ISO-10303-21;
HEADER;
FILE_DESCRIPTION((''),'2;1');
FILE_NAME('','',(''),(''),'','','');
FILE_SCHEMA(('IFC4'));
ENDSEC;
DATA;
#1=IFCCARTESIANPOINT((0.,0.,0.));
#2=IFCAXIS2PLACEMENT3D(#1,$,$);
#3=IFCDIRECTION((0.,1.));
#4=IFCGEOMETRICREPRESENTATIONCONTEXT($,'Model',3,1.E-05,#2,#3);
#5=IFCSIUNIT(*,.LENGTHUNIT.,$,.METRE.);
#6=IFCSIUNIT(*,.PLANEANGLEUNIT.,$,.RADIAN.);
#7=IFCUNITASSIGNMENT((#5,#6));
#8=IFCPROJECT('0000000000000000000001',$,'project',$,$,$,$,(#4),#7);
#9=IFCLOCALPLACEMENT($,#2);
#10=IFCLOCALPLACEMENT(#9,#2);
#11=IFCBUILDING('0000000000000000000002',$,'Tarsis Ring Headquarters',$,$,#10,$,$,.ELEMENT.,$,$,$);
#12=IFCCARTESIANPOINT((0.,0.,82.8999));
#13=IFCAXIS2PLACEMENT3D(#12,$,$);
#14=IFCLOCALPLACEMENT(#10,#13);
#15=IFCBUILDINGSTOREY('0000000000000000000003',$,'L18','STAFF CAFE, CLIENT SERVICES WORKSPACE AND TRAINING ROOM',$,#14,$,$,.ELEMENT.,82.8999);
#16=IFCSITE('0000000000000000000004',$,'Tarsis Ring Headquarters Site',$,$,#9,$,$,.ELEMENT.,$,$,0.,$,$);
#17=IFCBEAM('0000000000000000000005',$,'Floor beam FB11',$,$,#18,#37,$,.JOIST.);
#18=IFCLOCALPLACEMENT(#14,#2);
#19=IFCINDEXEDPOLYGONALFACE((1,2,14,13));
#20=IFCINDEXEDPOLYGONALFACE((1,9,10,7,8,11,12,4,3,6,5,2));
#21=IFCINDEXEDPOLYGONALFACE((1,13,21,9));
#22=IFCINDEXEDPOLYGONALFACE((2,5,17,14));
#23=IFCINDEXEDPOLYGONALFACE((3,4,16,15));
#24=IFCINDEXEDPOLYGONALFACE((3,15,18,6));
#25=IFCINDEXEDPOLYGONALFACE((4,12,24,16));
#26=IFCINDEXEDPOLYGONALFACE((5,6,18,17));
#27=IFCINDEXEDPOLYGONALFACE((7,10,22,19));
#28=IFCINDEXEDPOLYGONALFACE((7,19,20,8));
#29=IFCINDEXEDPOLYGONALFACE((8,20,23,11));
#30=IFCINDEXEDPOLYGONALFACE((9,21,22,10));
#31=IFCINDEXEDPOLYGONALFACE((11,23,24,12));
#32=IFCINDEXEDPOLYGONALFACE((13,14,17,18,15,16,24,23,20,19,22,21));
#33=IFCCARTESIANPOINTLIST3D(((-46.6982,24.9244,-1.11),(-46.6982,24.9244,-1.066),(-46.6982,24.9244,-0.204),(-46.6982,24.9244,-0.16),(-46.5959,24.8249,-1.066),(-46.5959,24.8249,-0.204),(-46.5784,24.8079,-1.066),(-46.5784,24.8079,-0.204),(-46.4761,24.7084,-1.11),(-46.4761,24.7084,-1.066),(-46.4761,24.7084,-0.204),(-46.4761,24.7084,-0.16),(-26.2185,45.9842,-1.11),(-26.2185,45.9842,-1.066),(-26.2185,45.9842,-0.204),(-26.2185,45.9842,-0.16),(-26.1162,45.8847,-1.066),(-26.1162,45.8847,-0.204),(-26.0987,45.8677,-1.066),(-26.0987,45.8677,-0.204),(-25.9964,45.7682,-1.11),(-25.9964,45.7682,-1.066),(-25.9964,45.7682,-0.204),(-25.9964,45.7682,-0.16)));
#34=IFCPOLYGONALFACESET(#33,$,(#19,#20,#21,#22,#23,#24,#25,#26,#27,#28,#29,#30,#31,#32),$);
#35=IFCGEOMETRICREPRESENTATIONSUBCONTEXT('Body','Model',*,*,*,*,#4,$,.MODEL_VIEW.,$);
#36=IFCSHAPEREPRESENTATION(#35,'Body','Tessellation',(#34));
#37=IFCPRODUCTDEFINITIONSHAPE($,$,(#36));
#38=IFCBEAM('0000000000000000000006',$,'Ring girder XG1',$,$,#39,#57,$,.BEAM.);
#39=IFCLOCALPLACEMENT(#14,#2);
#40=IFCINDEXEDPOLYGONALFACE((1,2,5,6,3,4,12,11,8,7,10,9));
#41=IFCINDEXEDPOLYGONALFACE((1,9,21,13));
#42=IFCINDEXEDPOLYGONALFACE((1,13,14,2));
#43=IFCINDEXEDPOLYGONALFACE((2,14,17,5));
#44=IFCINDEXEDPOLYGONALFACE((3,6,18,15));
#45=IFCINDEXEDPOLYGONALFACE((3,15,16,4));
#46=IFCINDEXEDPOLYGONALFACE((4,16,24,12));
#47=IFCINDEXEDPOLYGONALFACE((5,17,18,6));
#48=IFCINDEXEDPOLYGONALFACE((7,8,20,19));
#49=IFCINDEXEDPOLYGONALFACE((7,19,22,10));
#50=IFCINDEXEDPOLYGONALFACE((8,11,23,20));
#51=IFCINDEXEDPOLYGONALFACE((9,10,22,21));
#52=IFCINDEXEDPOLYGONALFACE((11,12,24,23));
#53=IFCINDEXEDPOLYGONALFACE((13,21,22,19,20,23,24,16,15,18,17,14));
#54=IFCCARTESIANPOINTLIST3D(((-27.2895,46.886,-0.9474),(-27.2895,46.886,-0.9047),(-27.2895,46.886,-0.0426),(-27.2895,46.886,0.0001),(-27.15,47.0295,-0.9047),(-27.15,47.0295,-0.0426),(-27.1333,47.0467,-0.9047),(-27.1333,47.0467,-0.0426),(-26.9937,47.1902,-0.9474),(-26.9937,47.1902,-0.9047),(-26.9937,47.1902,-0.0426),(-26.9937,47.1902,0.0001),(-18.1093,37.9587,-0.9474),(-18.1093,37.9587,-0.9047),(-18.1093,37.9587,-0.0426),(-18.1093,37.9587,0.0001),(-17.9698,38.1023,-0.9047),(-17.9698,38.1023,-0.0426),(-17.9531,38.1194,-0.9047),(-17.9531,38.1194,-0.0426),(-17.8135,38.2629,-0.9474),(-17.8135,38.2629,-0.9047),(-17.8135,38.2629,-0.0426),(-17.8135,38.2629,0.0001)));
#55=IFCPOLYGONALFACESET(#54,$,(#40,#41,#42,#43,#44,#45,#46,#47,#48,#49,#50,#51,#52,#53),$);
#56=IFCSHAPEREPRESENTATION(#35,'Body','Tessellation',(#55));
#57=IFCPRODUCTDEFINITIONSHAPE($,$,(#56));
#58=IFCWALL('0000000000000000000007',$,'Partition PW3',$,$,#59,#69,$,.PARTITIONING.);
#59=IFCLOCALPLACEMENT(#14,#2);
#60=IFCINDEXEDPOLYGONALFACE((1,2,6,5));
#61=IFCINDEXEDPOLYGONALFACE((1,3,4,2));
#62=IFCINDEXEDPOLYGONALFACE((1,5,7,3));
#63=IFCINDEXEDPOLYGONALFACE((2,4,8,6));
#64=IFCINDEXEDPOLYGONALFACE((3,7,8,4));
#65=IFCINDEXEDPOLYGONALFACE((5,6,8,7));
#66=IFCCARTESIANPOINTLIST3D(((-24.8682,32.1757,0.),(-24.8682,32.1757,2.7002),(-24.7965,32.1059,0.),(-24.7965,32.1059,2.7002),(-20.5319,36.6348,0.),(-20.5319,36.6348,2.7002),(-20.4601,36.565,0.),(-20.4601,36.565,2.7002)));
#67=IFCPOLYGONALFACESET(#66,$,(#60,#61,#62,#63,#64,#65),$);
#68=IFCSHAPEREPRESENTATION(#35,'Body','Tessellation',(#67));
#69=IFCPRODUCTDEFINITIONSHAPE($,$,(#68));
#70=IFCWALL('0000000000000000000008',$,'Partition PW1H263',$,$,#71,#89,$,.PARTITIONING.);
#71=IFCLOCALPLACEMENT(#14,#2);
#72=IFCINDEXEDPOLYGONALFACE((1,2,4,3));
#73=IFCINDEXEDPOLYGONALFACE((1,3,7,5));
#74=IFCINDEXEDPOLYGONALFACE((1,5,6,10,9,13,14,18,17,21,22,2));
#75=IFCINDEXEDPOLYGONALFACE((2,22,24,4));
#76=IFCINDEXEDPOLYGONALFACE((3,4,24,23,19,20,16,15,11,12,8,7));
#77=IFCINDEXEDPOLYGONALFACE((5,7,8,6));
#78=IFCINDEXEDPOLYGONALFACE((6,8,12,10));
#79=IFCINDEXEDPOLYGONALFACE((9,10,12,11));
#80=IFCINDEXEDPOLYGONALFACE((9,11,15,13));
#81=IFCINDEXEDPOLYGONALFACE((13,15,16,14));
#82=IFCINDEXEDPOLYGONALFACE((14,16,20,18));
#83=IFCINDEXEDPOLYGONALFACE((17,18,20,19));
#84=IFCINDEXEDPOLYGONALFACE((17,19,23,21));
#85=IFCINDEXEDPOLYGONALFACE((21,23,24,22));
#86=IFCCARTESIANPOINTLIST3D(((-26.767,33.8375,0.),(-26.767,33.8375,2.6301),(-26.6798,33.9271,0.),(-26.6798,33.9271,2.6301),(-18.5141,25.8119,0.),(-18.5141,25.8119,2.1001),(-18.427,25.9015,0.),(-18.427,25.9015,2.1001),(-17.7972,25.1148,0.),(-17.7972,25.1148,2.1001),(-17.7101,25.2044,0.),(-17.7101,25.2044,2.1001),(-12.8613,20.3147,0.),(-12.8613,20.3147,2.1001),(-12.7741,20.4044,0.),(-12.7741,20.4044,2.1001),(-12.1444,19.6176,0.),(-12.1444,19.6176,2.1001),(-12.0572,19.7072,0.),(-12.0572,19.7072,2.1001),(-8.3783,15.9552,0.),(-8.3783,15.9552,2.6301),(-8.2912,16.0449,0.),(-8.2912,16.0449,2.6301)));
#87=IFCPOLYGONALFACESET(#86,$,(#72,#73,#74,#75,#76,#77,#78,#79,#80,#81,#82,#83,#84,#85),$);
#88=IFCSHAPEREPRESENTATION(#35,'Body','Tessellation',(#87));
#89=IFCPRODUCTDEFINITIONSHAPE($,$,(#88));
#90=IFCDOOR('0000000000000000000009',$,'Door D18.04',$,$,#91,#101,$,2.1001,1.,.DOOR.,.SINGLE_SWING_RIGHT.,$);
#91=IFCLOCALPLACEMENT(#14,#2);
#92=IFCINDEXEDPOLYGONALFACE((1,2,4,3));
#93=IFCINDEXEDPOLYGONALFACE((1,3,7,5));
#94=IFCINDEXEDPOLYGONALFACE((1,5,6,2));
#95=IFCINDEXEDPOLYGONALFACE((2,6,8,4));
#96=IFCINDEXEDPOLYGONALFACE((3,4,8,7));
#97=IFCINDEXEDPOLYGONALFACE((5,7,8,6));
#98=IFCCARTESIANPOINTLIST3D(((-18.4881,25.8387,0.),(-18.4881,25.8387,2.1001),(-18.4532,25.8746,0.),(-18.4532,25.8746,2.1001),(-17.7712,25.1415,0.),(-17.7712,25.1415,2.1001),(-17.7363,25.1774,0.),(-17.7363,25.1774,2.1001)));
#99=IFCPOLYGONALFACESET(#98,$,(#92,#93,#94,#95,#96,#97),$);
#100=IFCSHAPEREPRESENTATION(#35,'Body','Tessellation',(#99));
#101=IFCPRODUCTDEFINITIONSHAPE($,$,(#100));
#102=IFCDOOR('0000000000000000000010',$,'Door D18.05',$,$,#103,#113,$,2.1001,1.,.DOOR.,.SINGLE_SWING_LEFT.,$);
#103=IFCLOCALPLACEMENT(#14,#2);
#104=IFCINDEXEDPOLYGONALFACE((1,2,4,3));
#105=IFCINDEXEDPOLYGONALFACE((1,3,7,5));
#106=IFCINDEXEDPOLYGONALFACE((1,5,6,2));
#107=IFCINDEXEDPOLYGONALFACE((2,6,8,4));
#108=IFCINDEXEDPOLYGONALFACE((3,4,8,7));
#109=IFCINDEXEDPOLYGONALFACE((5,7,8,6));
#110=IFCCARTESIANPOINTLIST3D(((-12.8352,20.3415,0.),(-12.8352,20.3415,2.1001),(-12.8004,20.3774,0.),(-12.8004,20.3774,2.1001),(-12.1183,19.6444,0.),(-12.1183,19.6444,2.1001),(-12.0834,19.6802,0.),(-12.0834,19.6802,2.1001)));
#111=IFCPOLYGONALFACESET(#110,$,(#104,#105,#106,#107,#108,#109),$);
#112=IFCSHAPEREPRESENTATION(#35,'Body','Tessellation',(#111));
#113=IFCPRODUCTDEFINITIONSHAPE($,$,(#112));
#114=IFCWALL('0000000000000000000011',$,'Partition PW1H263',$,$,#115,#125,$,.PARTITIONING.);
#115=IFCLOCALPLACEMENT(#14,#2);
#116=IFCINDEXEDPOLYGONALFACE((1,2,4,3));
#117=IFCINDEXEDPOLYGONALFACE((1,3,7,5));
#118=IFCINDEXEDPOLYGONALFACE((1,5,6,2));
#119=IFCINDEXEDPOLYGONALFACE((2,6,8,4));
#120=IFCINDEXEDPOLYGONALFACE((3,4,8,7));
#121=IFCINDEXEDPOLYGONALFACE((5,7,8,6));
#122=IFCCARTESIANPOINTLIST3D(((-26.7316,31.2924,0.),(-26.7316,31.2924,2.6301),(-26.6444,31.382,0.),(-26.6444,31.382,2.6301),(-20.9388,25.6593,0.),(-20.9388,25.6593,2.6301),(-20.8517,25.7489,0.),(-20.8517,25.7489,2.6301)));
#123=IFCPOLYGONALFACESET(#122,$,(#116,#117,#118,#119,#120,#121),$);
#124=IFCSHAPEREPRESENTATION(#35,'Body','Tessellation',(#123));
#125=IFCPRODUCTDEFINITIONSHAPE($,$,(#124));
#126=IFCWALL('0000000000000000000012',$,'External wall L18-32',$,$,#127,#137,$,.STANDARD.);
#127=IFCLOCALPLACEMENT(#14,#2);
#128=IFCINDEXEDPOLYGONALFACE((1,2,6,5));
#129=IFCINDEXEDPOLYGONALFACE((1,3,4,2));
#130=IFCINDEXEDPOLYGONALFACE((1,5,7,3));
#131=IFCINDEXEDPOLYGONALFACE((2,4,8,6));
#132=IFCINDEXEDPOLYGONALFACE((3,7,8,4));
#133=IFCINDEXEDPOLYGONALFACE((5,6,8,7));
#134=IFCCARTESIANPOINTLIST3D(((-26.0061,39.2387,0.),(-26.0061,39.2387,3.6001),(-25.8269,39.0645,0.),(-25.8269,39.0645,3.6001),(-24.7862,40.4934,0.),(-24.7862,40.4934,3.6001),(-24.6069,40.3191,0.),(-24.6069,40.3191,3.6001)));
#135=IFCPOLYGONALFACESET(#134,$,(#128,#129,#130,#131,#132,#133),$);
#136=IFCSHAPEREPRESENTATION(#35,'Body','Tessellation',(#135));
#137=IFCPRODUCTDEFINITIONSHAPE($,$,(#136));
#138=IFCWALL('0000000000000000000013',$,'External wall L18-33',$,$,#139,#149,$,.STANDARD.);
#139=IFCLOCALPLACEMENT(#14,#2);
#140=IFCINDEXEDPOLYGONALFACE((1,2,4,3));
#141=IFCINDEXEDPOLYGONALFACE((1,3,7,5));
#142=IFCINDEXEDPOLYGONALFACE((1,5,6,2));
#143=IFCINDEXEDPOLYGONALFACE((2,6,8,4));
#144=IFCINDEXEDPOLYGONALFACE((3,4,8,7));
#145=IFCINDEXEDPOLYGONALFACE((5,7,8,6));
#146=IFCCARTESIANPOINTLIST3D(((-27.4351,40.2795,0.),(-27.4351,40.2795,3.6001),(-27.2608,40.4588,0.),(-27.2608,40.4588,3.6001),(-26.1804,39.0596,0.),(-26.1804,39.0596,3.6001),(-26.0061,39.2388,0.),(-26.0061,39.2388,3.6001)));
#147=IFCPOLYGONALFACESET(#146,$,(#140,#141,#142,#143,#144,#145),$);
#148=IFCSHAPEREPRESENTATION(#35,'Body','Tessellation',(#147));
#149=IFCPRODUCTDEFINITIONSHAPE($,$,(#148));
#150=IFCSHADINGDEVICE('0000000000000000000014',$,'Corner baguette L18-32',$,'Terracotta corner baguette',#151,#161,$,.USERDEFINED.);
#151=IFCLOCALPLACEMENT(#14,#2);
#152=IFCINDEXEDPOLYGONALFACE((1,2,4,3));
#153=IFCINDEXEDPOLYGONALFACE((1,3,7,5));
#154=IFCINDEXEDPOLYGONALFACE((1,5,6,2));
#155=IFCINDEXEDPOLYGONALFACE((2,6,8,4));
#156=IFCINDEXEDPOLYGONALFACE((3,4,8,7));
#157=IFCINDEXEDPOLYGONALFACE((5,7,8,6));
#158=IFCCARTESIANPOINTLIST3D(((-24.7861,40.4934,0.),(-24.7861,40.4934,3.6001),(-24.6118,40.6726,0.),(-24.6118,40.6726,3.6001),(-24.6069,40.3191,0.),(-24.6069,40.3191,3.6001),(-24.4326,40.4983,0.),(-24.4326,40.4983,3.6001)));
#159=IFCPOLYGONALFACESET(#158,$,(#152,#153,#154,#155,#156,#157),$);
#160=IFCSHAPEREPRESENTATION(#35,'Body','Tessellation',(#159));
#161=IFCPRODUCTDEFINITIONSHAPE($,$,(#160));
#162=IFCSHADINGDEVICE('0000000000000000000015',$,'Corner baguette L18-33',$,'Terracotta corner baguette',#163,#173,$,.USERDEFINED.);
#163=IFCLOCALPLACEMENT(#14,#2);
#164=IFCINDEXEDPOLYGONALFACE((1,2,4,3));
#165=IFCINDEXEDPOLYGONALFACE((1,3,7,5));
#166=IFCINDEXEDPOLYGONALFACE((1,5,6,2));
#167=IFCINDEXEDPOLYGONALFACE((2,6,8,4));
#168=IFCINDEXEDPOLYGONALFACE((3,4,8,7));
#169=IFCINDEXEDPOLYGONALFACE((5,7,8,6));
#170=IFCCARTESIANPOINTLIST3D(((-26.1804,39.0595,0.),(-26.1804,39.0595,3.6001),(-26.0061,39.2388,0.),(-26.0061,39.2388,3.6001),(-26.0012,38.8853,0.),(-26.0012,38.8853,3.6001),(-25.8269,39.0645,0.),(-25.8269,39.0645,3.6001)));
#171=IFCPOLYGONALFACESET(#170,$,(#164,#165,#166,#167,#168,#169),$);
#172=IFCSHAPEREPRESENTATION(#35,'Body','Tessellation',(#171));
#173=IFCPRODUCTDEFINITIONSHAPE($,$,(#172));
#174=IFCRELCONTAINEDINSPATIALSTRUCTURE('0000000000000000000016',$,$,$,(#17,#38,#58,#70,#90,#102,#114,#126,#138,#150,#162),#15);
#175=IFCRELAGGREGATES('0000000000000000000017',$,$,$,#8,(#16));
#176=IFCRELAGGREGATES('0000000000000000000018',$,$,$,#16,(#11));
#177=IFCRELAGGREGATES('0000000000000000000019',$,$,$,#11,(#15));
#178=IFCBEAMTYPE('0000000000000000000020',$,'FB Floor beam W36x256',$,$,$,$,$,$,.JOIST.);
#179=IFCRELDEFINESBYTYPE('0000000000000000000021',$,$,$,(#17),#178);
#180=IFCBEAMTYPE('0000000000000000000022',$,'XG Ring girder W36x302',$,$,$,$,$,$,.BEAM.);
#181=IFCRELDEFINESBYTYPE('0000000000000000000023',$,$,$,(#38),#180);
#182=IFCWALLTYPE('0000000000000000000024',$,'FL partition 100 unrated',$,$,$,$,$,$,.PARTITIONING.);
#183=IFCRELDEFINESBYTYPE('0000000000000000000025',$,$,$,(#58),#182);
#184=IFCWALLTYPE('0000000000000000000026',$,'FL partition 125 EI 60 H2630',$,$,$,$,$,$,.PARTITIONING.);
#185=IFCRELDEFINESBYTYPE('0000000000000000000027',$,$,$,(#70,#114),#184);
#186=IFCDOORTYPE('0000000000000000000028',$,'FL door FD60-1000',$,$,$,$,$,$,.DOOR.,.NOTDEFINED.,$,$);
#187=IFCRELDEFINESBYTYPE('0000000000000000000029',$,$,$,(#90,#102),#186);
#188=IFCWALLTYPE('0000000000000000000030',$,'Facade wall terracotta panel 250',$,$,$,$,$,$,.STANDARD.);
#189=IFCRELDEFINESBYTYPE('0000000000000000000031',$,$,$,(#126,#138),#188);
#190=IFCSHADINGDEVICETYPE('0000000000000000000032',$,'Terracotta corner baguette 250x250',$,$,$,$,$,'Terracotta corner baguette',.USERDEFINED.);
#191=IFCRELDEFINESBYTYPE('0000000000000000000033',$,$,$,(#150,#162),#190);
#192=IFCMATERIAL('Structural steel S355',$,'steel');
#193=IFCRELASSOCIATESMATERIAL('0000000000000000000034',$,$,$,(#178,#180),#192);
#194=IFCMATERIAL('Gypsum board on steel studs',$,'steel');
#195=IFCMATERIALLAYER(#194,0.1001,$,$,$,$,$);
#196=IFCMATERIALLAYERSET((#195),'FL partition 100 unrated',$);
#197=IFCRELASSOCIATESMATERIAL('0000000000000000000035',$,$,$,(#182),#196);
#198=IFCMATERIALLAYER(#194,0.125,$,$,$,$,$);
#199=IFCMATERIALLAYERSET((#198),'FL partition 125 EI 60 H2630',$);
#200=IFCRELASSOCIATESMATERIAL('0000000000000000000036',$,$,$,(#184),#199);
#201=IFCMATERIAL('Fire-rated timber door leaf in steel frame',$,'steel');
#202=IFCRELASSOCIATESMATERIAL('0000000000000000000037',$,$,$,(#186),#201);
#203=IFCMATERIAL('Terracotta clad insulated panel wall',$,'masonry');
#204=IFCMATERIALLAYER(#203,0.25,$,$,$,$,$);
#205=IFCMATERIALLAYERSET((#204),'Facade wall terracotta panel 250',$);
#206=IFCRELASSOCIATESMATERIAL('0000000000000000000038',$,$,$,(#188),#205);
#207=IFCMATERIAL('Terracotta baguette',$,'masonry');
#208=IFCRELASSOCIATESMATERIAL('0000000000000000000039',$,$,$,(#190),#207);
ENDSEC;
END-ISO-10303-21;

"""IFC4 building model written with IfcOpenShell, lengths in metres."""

from ifc_helpers import new_model, si_unit, direction, frame, frame_2d, origin, origin_2d, place, context, subcontext, project, spatial, rectangle, i_section, extrude, material, layer, layer_set, material_profile, profile_set, type_object, element, fill, save


model = new_model("IFC4")

# Units and contexts
model_context = context("Model", 3, precision=1e-05, world=origin(), true_north=direction((0.0, 1.0)))
body_context = subcontext(model_context, "Body", "Model", "MODEL_VIEW")
ifc_project = project(units=[si_unit("LENGTHUNIT", "METRE"), si_unit("PLANEANGLEUNIT", "RADIAN")], contexts=[model_context])

# Site, building, storey
site_placement = place(None, origin())
site = spatial("IfcSite", under=ifc_project, at=site_placement, Name="Tarsis Ring Headquarters Site", CompositionType="ELEMENT", RefElevation=0.0)
building_placement = place(site_placement, origin())
building = spatial("IfcBuilding", under=site, at=building_placement, Name="Tarsis Ring Headquarters", CompositionType="ELEMENT")
storey_placement = place(building_placement, frame((0.0, 0.0, 82.8999)))
storey = spatial("IfcBuildingStorey", under=building, at=storey_placement, Name="L18", Description="STAFF CAFE, CLIENT SERVICES WORKSPACE AND TRAINING ROOM", CompositionType="ELEMENT", Elevation=82.8999)

# Beams
ifc_material_1 = material(Name="Structural steel S355", Category="steel")
ifc_material_profile_1 = material_profile(ifc_material_1, i_section(OverallWidth=0.3098, OverallDepth=0.95, WebThickness=0.0244, FlangeThickness=0.0439, at=origin_2d()), Name="W36x256")
ifc_profile_set_1 = profile_set([ifc_material_profile_1], Name="Structural steel S355")
beam_type_1 = type_object("IfcBeamType", Name="FB Floor beam W36x256", PredefinedType="JOIST", material=ifc_profile_set_1)
for number, where, z_axis, x_axis, name in (
    (1, (-26.1074, 45.8762, -0.635), (-0.697164, -0.716911, 0.0), (0.716911, -0.697164, 0.0), "Floor beam FB11"),
):
    element("IfcBeam", number, at=place(storey_placement, frame(where, z_axis=z_axis, x_axis=x_axis)), inside=storey, type_object=beam_type_1, Name=name, PredefinedType="JOIST", context=body_context, shape_type="SweptSolid", body=[
        extrude(i_section(OverallWidth=0.3098, OverallDepth=0.95, WebThickness=0.0244, FlangeThickness=0.0439, at=origin_2d()), origin(), (0.0, 0.0, 1.0), 29.3757),
    ])
ifc_material_profile_2 = material_profile(ifc_material_1, i_section(OverallWidth=0.4243, OverallDepth=0.9475, WebThickness=0.0239, FlangeThickness=0.0427, at=origin_2d()), Name="W36x302")
ifc_profile_set_2 = profile_set([ifc_material_profile_2], Name="Structural steel S355")
beam_type_2 = type_object("IfcBeamType", Name="XG Ring girder W36x302", PredefinedType="BEAM", material=ifc_profile_set_2)
beam_1_placement = place(storey_placement, frame((-17.9614, 38.1108, -0.4736), z_axis=(-0.716914, 0.697162, 0.0), x_axis=(-0.697162, -0.716914, 0.0)))
element("IfcBeam", 2, at=beam_1_placement, inside=storey, type_object=beam_type_2, Name="Ring girder XG1", PredefinedType="BEAM", context=body_context, shape_type="SweptSolid", body=[
    extrude(i_section(OverallWidth=0.4243, OverallDepth=0.9475, WebThickness=0.0239, FlangeThickness=0.0427, at=origin_2d()), origin(), (0.0, 0.0, 1.0), 12.8052),
])

# Wall
ifc_material_2 = material(Name="Gypsum board on steel studs", Category="steel")
ifc_layer_1 = layer(ifc_material_2, 0.1001)
ifc_layer_set_1 = layer_set([ifc_layer_1], Name="FL partition 100 unrated")
wall_type_1 = type_object("IfcWallType", Name="FL partition 100 unrated", PredefinedType="PARTITIONING", material=ifc_layer_set_1)
wall_1_placement = place(storey_placement, frame((-24.8323, 32.1409, 0.0), z_axis=(0.0, 0.0, 1.0), x_axis=(0.697166, 0.716909, 0.0)))
element("IfcWall", 3, at=wall_1_placement, inside=storey, type_object=wall_type_1, Name="Partition PW3", PredefinedType="PARTITIONING", context=body_context, shape_type="SweptSolid", body=[
    extrude(rectangle(XDim=6.22, YDim=0.1001, at=frame_2d((3.1099, 0.0))), origin(), (0.0, 0.0, 1.0), 2.7002),
])

# Wall, openings, doors
ifc_layer_2 = layer(ifc_material_2, 0.125)
ifc_layer_set_2 = layer_set([ifc_layer_2], Name="FL partition 125 EI 60 H2630")
wall_type_2 = type_object("IfcWallType", Name="FL partition 125 EI 60 H2630", PredefinedType="PARTITIONING", material=ifc_layer_set_2)
wall_2_placement = place(storey_placement, frame((-26.7234, 33.8823, 0.0), z_axis=(0.0, 0.0, 1.0), x_axis=(0.716908, -0.697168, 0.0)))
wall_2 = element("IfcWall", 4, at=wall_2_placement, inside=storey, type_object=wall_type_2, Name="Partition PW1H263", PredefinedType="PARTITIONING", context=body_context, shape_type="SweptSolid", body=[
    extrude(rectangle(XDim=25.6499, YDim=0.125, at=frame_2d((12.825, 0.0))), origin(), (0.0, 0.0, 1.0), 2.6301),
])
opening_1_placement = place(wall_2_placement, frame((11.5117, 0.0, 0.0)))
opening_1 = element("IfcOpeningElement", 5, at=opening_1_placement, cuts=wall_2, PredefinedType="OPENING", context=body_context, shape_type="SweptSolid", body=[
    extrude(rectangle(XDim=1.0, YDim=2.1001, at=frame_2d((0.5, 1.05))), frame((0.0, 0.0725, 0.0), z_axis=(0.0, -1.0, 0.0), x_axis=(1.0, 0.0, 0.0)), (0.0, 0.0, 1.0), 0.145),
])
opening_2_placement = place(wall_2_placement, frame((19.3967, 0.0, 0.0)))
opening_2 = element("IfcOpeningElement", 6, at=opening_2_placement, cuts=wall_2, PredefinedType="OPENING", context=body_context, shape_type="SweptSolid", body=[
    extrude(rectangle(XDim=1.0, YDim=2.1001, at=frame_2d((0.5, 1.05))), frame((0.0, 0.0725, 0.0), z_axis=(0.0, -1.0, 0.0), x_axis=(1.0, 0.0, 0.0)), (0.0, 0.0, 1.0), 0.145),
])
ifc_material_3 = material(Name="Fire-rated timber door leaf in steel frame", Category="steel")
door_type = type_object("IfcDoorType", Name="FL door FD60-1000", OperationType="NOTDEFINED", PredefinedType="DOOR", material=ifc_material_3)
door_1_placement = place(opening_1_placement, origin())
door_1 = element("IfcDoor", 7, at=door_1_placement, inside=storey, type_object=door_type, Name="Door D18.04", OperationType="SINGLE_SWING_RIGHT", OverallHeight=2.1001, OverallWidth=1.0, PredefinedType="DOOR", context=body_context, shape_type="SweptSolid", body=[
    extrude(rectangle(XDim=1.0, YDim=2.1001, at=frame_2d((0.5, 1.05))), frame((0.0, 0.0249, 0.0), z_axis=(0.0, -1.0, 0.0), x_axis=(1.0, 0.0, 0.0)), (0.0, 0.0, 1.0), 0.05),
])
fill(opening_1, door_1)
door_2_placement = place(opening_2_placement, origin())
door_2 = element("IfcDoor", 8, at=door_2_placement, inside=storey, type_object=door_type, Name="Door D18.05", OperationType="SINGLE_SWING_LEFT", OverallHeight=2.1001, OverallWidth=1.0, PredefinedType="DOOR", context=body_context, shape_type="SweptSolid", body=[
    extrude(rectangle(XDim=1.0, YDim=2.1001, at=frame_2d((0.5, 1.05))), frame((0.0, 0.0249, 0.0), z_axis=(0.0, -1.0, 0.0), x_axis=(1.0, 0.0, 0.0)), (0.0, 0.0, 1.0), 0.05),
])
fill(opening_2, door_2)

# Walls
wall_3_placement = place(storey_placement, frame((-26.688, 31.3372, 0.0), z_axis=(0.0, 0.0, 1.0), x_axis=(0.716918, -0.697157, 0.0)))
element("IfcWall", 9, at=wall_3_placement, inside=storey, type_object=wall_type_2, Name="Partition PW1H263", PredefinedType="PARTITIONING", context=body_context, shape_type="SweptSolid", body=[
    extrude(rectangle(XDim=8.0801, YDim=0.125, at=frame_2d((4.04, 0.0))), origin(), (0.0, 0.0, 1.0), 2.6301),
])
ifc_material_4 = material(Name="Terracotta clad insulated panel wall", Category="masonry")
ifc_layer_3 = layer(ifc_material_4, 0.25)
ifc_layer_set_3 = layer_set([ifc_layer_3], Name="Facade wall terracotta panel 250")
wall_type_3 = type_object("IfcWallType", Name="Facade wall terracotta panel 250", PredefinedType="STANDARD", material=ifc_layer_set_3)
for number, where, z_axis, x_axis, name in (
    (10, (-24.6965, 40.4062, 0.0), (0.0, 0.0, 1.0), (-0.697132, -0.716943, 0.0), "External wall L18-32"),
    (11, (-26.0933, 39.1492, 0.0), (0.0, 0.0, 1.0), (-0.716943, 0.697132, 0.0), "External wall L18-33"),
):
    element("IfcWall", number, at=place(storey_placement, frame(where, z_axis=z_axis, x_axis=x_axis)), inside=storey, type_object=wall_type_3, Name=name, PredefinedType="STANDARD", context=body_context, shape_type="SweptSolid", body=[
        extrude(rectangle(XDim=1.75, YDim=0.25, at=frame_2d((0.875, 0.0))), origin(), (0.0, 0.0, 1.0), 3.6001),
    ])

# Shading devices
ifc_material_5 = material(Name="Terracotta baguette", Category="masonry")
shading_device_type = type_object("IfcShadingDeviceType", Name="Terracotta corner baguette 250x250", ElementType="Terracotta corner baguette", PredefinedType="USERDEFINED", material=ifc_material_5)
for number, where, z_axis, x_axis, name in (
    (12, (-24.6094, 40.4958, 0.0), (0.0, 0.0, 1.0), (-0.716911, 0.697165, 0.0), "Corner baguette L18-32"),
    (13, (-26.0037, 39.062, 0.0), (0.0, 0.0, 1.0), (-0.697165, -0.716911, 0.0), "Corner baguette L18-33"),
):
    element("IfcShadingDevice", number, at=place(storey_placement, frame(where, z_axis=z_axis, x_axis=x_axis)), inside=storey, type_object=shading_device_type, Name=name, ObjectType="Terracotta corner baguette", PredefinedType="USERDEFINED", context=body_context, shape_type="SweptSolid", body=[
        extrude(rectangle(XDim=0.25, YDim=0.25, at=origin_2d()), origin(), (0.0, 0.0, 1.0), 3.6001),
    ])

save(model, "model.ifc")
